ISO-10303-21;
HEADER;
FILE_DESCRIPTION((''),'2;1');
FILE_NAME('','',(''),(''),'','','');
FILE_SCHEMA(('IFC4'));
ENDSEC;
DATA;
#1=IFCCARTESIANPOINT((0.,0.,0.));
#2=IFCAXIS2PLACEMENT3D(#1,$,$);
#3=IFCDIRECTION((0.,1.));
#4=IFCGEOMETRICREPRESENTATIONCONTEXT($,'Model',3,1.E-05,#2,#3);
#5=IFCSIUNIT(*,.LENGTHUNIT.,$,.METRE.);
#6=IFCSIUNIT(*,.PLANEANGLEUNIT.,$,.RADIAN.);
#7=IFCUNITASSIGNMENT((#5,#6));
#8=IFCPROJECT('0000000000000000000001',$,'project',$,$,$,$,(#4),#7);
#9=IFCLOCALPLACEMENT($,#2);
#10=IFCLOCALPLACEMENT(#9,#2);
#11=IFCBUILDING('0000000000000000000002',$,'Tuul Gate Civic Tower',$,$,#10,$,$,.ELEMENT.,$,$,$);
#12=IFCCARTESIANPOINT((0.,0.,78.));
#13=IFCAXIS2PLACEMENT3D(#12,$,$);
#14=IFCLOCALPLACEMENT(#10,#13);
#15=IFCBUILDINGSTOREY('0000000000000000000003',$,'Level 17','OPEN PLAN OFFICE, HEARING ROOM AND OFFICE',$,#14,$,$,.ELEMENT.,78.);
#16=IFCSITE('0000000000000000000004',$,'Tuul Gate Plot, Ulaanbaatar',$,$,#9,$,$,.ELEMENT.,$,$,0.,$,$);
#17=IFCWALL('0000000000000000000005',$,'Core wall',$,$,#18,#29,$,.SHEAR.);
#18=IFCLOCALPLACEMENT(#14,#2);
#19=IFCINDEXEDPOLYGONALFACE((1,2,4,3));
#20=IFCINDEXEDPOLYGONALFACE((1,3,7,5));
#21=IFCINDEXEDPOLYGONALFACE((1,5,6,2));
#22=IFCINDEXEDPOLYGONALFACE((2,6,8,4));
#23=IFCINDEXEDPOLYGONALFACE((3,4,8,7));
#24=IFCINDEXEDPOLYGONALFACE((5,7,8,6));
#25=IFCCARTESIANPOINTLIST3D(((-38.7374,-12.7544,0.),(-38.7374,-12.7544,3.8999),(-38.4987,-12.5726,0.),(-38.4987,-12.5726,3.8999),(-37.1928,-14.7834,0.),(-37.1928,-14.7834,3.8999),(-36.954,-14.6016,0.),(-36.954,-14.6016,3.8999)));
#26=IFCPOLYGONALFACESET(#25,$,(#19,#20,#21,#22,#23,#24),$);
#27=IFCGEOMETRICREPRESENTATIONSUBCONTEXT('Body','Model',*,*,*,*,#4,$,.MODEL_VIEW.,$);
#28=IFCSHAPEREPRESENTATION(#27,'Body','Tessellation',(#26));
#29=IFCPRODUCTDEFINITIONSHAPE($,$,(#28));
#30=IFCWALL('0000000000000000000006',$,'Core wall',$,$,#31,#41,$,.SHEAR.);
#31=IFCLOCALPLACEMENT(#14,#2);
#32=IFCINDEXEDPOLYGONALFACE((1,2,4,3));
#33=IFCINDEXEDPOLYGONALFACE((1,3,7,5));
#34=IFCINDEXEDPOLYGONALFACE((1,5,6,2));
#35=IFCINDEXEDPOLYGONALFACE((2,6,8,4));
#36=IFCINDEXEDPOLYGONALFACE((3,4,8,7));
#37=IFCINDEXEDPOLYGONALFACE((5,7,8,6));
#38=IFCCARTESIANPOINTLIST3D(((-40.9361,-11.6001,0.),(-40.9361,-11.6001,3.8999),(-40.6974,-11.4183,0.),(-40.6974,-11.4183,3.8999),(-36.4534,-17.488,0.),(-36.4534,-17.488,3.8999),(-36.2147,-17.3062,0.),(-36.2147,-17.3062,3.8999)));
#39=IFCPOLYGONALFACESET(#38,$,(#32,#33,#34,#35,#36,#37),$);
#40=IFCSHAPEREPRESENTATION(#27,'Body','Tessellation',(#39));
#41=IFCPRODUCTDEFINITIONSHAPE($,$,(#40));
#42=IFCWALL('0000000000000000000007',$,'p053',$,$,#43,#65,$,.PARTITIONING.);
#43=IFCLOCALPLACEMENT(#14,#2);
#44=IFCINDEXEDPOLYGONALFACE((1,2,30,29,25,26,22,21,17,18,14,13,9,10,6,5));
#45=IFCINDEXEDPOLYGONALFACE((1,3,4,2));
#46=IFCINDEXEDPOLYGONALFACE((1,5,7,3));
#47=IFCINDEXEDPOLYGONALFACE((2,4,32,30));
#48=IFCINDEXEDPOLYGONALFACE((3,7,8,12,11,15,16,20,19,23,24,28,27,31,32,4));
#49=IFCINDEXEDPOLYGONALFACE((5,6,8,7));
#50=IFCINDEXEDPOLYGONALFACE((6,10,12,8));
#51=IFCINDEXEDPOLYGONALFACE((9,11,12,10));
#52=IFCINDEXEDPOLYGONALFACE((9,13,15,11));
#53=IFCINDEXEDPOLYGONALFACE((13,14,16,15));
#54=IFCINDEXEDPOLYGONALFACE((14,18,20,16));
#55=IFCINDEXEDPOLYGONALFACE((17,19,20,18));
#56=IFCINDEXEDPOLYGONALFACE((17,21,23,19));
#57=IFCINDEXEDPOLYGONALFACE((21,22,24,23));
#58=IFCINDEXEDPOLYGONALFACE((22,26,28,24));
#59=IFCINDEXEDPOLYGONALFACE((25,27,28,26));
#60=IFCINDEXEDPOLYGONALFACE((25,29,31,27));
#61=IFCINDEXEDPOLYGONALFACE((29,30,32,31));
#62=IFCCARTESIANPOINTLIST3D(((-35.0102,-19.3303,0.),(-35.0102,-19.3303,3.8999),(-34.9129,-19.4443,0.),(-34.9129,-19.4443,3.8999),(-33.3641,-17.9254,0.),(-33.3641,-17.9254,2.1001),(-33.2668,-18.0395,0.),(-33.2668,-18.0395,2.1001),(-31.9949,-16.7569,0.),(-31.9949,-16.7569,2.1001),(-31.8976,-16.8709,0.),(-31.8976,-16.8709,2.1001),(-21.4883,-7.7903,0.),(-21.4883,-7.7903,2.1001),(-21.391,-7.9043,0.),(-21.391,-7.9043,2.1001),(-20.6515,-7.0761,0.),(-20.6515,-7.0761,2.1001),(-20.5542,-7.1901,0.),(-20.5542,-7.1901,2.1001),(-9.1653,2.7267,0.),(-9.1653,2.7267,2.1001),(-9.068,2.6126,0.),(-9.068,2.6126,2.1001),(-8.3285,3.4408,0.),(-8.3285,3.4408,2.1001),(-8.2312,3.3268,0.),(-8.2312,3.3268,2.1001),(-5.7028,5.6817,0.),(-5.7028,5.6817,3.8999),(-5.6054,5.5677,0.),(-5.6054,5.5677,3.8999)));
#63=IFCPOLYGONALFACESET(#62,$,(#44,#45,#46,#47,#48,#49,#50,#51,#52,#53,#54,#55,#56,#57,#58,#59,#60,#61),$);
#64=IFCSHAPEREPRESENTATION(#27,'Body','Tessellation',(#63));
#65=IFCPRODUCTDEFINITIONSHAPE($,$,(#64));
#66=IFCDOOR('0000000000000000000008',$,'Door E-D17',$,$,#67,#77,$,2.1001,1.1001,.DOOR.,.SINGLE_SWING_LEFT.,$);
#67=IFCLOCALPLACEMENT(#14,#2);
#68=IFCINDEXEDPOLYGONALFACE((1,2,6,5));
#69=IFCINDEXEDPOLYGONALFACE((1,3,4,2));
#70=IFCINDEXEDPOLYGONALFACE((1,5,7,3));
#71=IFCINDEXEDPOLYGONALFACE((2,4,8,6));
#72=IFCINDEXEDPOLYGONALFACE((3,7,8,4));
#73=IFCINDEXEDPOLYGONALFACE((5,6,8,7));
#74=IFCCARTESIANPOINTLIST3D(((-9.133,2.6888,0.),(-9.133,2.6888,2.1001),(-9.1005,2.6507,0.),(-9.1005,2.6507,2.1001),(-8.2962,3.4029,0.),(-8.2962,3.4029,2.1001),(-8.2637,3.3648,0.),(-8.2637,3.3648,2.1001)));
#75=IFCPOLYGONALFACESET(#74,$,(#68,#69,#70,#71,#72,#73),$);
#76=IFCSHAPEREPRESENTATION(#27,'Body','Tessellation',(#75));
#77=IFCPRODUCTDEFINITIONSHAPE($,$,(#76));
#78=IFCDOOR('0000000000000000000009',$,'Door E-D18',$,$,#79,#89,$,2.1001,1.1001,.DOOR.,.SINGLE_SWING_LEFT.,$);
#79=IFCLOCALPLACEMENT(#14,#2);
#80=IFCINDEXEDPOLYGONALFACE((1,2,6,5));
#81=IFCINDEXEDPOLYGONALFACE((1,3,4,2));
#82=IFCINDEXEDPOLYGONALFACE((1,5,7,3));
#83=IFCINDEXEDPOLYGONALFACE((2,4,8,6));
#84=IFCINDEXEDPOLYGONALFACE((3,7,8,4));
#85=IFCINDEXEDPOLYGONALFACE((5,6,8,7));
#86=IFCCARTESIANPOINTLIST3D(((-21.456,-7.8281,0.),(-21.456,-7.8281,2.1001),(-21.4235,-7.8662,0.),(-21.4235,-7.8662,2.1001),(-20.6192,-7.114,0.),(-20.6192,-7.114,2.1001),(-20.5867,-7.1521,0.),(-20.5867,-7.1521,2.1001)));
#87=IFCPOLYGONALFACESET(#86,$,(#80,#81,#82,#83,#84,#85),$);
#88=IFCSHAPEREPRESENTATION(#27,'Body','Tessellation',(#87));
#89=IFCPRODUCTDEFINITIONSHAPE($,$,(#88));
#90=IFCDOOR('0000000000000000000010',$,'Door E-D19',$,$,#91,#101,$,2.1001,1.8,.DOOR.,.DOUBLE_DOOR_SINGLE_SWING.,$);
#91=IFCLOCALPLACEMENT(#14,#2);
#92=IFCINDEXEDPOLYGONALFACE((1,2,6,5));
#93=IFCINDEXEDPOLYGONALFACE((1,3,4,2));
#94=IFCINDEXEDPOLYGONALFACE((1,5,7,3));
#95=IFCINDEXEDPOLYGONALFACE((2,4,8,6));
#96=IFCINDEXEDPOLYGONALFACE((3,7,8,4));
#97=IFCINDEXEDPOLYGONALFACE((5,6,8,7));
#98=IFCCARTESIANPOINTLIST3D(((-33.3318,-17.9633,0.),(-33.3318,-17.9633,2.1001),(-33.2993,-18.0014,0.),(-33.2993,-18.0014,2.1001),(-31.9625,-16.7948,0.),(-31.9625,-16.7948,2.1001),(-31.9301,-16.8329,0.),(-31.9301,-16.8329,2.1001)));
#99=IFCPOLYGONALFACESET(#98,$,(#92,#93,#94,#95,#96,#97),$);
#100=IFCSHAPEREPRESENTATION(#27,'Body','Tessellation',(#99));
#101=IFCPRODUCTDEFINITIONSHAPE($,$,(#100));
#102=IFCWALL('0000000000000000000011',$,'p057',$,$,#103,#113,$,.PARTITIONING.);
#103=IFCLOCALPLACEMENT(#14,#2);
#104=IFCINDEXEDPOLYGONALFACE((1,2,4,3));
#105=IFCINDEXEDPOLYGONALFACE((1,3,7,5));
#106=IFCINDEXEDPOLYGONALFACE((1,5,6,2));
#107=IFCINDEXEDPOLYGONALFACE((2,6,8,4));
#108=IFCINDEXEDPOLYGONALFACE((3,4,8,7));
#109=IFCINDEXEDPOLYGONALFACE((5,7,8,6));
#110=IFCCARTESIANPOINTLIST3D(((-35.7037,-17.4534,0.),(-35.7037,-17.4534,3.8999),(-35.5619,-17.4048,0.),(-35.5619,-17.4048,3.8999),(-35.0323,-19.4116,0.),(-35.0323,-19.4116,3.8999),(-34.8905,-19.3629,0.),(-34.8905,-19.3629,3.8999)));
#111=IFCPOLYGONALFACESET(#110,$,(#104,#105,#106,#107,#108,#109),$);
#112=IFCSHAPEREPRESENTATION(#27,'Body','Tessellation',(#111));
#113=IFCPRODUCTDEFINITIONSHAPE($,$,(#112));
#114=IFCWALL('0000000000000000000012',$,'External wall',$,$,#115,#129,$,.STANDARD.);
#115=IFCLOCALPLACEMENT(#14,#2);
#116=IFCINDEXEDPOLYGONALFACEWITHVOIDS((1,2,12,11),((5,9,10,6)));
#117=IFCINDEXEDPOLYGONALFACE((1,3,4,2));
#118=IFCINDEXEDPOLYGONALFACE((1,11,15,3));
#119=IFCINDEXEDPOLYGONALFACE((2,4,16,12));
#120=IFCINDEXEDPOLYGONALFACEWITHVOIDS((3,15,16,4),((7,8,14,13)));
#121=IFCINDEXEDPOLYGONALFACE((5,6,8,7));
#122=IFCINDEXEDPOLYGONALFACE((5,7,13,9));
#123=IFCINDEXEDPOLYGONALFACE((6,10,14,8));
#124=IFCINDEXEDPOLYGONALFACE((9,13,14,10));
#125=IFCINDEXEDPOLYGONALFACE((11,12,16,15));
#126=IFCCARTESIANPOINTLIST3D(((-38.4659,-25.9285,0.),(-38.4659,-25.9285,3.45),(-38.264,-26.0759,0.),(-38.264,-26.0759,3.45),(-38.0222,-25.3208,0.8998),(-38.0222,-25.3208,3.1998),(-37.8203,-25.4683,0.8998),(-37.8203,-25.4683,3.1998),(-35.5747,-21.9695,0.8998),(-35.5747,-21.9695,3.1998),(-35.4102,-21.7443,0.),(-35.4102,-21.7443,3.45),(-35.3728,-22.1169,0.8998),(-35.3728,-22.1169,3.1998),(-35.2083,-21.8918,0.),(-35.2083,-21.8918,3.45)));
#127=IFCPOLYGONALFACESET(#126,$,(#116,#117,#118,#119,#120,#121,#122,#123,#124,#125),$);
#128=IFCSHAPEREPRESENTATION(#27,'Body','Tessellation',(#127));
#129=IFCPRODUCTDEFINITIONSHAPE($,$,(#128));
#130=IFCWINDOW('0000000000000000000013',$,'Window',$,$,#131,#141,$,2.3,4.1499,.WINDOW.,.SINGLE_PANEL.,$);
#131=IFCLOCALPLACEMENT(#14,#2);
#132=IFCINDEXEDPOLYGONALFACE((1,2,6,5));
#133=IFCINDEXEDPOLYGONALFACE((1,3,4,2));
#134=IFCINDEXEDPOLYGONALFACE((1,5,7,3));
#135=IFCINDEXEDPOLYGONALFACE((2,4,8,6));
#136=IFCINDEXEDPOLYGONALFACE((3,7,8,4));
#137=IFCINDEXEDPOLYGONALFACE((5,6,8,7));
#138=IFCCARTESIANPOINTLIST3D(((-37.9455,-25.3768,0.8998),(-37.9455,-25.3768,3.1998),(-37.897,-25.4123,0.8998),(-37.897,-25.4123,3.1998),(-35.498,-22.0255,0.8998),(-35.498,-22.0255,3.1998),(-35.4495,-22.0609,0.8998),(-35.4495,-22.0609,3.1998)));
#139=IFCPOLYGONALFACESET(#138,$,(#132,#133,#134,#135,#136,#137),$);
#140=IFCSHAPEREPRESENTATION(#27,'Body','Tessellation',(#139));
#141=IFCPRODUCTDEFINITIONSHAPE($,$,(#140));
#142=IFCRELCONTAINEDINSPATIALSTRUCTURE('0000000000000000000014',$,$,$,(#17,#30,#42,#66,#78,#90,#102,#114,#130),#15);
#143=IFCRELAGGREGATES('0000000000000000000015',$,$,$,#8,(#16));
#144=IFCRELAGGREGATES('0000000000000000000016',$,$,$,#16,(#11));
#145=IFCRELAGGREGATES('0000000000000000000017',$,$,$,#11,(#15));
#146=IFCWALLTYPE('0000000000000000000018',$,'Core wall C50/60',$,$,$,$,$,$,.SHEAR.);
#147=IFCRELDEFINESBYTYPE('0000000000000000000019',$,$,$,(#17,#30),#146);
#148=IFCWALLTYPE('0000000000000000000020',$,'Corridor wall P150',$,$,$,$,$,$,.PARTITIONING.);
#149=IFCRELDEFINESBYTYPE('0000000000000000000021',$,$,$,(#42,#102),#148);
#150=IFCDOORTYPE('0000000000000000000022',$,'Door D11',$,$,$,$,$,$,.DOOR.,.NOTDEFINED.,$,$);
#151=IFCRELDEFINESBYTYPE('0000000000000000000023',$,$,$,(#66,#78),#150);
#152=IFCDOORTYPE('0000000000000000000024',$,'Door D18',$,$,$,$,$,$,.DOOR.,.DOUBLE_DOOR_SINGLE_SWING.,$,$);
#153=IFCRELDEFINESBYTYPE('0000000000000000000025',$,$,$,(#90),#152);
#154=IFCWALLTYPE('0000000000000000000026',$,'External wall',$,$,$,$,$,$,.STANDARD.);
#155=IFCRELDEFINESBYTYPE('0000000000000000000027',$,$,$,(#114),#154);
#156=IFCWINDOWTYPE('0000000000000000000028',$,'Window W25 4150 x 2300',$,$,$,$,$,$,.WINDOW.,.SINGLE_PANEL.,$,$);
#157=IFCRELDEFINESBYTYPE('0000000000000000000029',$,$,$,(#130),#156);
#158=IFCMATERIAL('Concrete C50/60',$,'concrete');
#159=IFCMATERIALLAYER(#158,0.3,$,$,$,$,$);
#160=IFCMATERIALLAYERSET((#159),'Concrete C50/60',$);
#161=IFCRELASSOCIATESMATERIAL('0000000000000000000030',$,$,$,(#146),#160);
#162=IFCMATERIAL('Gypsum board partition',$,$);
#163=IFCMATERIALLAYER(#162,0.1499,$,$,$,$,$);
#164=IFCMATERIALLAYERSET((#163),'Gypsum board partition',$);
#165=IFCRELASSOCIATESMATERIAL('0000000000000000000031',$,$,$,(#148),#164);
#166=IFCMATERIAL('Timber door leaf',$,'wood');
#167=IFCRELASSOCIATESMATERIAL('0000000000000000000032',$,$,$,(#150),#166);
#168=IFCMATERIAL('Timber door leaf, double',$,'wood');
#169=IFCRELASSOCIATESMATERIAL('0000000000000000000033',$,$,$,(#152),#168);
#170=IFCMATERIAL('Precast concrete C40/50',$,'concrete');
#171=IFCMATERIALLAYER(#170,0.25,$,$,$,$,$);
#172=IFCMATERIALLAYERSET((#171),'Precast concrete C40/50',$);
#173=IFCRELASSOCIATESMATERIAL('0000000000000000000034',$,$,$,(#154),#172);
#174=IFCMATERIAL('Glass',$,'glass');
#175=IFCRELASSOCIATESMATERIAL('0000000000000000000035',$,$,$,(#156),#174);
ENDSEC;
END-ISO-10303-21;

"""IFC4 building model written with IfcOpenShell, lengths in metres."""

from ifc_helpers import new_model, si_unit, direction, frame, frame_2d, origin, place, context, subcontext, project, spatial, rectangle, extrude, material, layer, layer_set, type_object, element, fill, save


model = new_model("IFC4")

# Units and contexts
model_context = context("Model", 3, precision=1e-05, world=origin(), true_north=direction((0.0, 1.0)))
body_context = subcontext(model_context, "Body", "Model", "MODEL_VIEW")
ifc_project = project(units=[si_unit("LENGTHUNIT", "METRE"), si_unit("PLANEANGLEUNIT", "RADIAN")], contexts=[model_context])

# Site, building, storey
site_placement = place(None, origin())
site = spatial("IfcSite", under=ifc_project, at=site_placement, Name="Tuul Gate Plot, Ulaanbaatar", CompositionType="ELEMENT", RefElevation=0.0)
building_placement = place(site_placement, origin())
building = spatial("IfcBuilding", under=site, at=building_placement, Name="Tuul Gate Civic Tower", CompositionType="ELEMENT")
storey_placement = place(building_placement, frame((0.0, 0.0, 78.0)))
storey = spatial("IfcBuildingStorey", under=building, at=storey_placement, Name="Level 17", Description="OPEN PLAN OFFICE, HEARING ROOM AND OFFICE", CompositionType="ELEMENT", Elevation=78.0)

# Shared definitions
ifc_material_1 = material(Name="Concrete C50/60", Category="concrete")
ifc_layer_1 = layer(ifc_material_1, 0.3)
ifc_layer_set_1 = layer_set([ifc_layer_1], Name="Concrete C50/60")
wall_type_1 = type_object("IfcWallType", Name="Core wall C50/60", PredefinedType="SHEAR", material=ifc_layer_set_1)

# Walls
wall_1_placement = place(storey_placement, frame((-37.0735, -14.6924, 0.0), z_axis=(0.0, 0.0, 1.0), x_axis=(-0.605729, 0.795671, 0.0)))
element("IfcWall", 1, at=wall_1_placement, inside=storey, type_object=wall_type_1, Name="Core wall", PredefinedType="SHEAR", context=body_context, shape_type="SweptSolid", body=[
    extrude(rectangle(XDim=2.55, YDim=0.3, at=frame_2d((1.2749, 0.0))), origin(), (0.0, 0.0, 1.0), 3.8999),
])
wall_2_placement = place(storey_placement, frame((-36.334, -17.3972, 0.0), z_axis=(0.0, 0.0, 1.0), x_axis=(-0.605754, 0.795652, 0.0)))
element("IfcWall", 2, at=wall_2_placement, inside=storey, type_object=wall_type_1, Name="Core wall", PredefinedType="SHEAR", context=body_context, shape_type="SweptSolid", body=[
    extrude(rectangle(XDim=7.4001, YDim=0.3, at=frame_2d((3.7002, 0.0))), origin(), (0.0, 0.0, 1.0), 3.8999),
])

# Wall, openings, doors
ifc_material_2 = material(Name="Gypsum board partition")
ifc_layer_2 = layer(ifc_material_2, 0.1499)
ifc_layer_set_2 = layer_set([ifc_layer_2], Name="Gypsum board partition")
wall_type_2 = type_object("IfcWallType", Name="Corridor wall P150", PredefinedType="PARTITIONING", material=ifc_layer_set_2)
wall_3_placement = place(storey_placement, frame((-34.9614, -19.3872, 0.0), z_axis=(0.0, 0.0, 1.0), x_axis=(0.760648, 0.649164, 0.0)))
wall_3 = element("IfcWall", 3, at=wall_3_placement, inside=storey, type_object=wall_type_2, Name="p053", PredefinedType="PARTITIONING", context=body_context, shape_type="SweptSolid", body=[
    extrude(rectangle(XDim=38.5295, YDim=0.1499, at=frame_2d((19.2646, 0.0))), origin(), (0.0, 0.0, 1.0), 3.8999),
])
opening_1_placement = place(wall_3_placement, frame((33.9773, 0.0, 0.0)))
opening_1 = element("IfcOpeningElement", 4, at=opening_1_placement, cuts=wall_3, PredefinedType="OPENING", context=body_context, shape_type="SweptSolid", body=[
    extrude(rectangle(XDim=1.1001, YDim=2.1001, at=frame_2d((0.55, 1.05))), frame((0.0, 0.085, 0.0), z_axis=(0.0, -1.0, 0.0), x_axis=(1.0, 0.0, 0.0)), (0.0, 0.0, 1.0), 0.1699),
])
opening_2_placement = place(wall_3_placement, frame((17.7766, 0.0, 0.0)))
opening_2 = element("IfcOpeningElement", 5, at=opening_2_placement, cuts=wall_3, PredefinedType="OPENING", context=body_context, shape_type="SweptSolid", body=[
    extrude(rectangle(XDim=1.1001, YDim=2.1001, at=frame_2d((0.55, 1.05))), frame((0.0, 0.085, 0.0), z_axis=(0.0, -1.0, 0.0), x_axis=(1.0, 0.0, 0.0)), (0.0, 0.0, 1.0), 0.1699),
])
opening_3_placement = place(wall_3_placement, frame((2.1641, 0.0, 0.0)))
opening_3 = element("IfcOpeningElement", 6, at=opening_3_placement, cuts=wall_3, PredefinedType="OPENING", context=body_context, shape_type="SweptSolid", body=[
    extrude(rectangle(XDim=1.8, YDim=2.1001, at=frame_2d((0.8999, 1.05))), frame((0.0, 0.085, 0.0), z_axis=(0.0, -1.0, 0.0), x_axis=(1.0, 0.0, 0.0)), (0.0, 0.0, 1.0), 0.1699),
])
ifc_material_3 = material(Name="Timber door leaf", Category="wood")
door_type_1 = type_object("IfcDoorType", Name="Door D11", OperationType="NOTDEFINED", PredefinedType="DOOR", material=ifc_material_3)
door_1_placement = place(opening_1_placement, frame((1.1001, 0.0, 0.0), z_axis=(0.0, 0.0, 1.0), x_axis=(-1.0, 0.0, 0.0)))
door_1 = element("IfcDoor", 7, at=door_1_placement, inside=storey, type_object=door_type_1, Name="Door E-D17", OperationType="SINGLE_SWING_LEFT", OverallHeight=2.1001, OverallWidth=1.1001, PredefinedType="DOOR", context=body_context, shape_type="SweptSolid", body=[
    extrude(rectangle(XDim=1.1001, YDim=2.1001, at=frame_2d((0.55, 1.05))), frame((0.0, 0.0249, 0.0), z_axis=(0.0, -1.0, 0.0), x_axis=(1.0, 0.0, 0.0)), (0.0, 0.0, 1.0), 0.05),
])
fill(opening_1, door_1)
door_2_placement = place(opening_2_placement, frame((1.1001, 0.0, 0.0), z_axis=(0.0, 0.0, 1.0), x_axis=(-1.0, 0.0, 0.0)))
door_2 = element("IfcDoor", 8, at=door_2_placement, inside=storey, type_object=door_type_1, Name="Door E-D18", OperationType="SINGLE_SWING_LEFT", OverallHeight=2.1001, OverallWidth=1.1001, PredefinedType="DOOR", context=body_context, shape_type="SweptSolid", body=[
    extrude(rectangle(XDim=1.1001, YDim=2.1001, at=frame_2d((0.55, 1.05))), frame((0.0, 0.0249, 0.0), z_axis=(0.0, -1.0, 0.0), x_axis=(1.0, 0.0, 0.0)), (0.0, 0.0, 1.0), 0.05),
])
fill(opening_2, door_2)
ifc_material_4 = material(Name="Timber door leaf, double", Category="wood")
door_type_2 = type_object("IfcDoorType", Name="Door D18", OperationType="DOUBLE_DOOR_SINGLE_SWING", PredefinedType="DOOR", material=ifc_material_4)
door_3_placement = place(opening_3_placement, frame((1.8, 0.0, 0.0), z_axis=(0.0, 0.0, 1.0), x_axis=(-1.0, 0.0, 0.0)))
door_3 = element("IfcDoor", 9, at=door_3_placement, inside=storey, type_object=door_type_2, Name="Door E-D19", OperationType="DOUBLE_DOOR_SINGLE_SWING", OverallHeight=2.1001, OverallWidth=1.8, PredefinedType="DOOR", context=body_context, shape_type="SweptSolid", body=[
    extrude(rectangle(XDim=1.8, YDim=2.1001, at=frame_2d((0.9001, 1.05))), frame((0.0, 0.0249, 0.0), z_axis=(0.0, -1.0, 0.0), x_axis=(1.0, 0.0, 0.0)), (0.0, 0.0, 1.0), 0.05),
])
fill(opening_3, door_3)

# Wall
wall_4_placement = place(storey_placement, frame((-35.6328, -17.429, 0.0), z_axis=(0.0, 0.0, 1.0), x_axis=(0.324318, -0.945948, 0.0)))
element("IfcWall", 10, at=wall_4_placement, inside=storey, type_object=wall_type_2, Name="p057", PredefinedType="PARTITIONING", context=body_context, shape_type="SweptSolid", body=[
    extrude(rectangle(XDim=2.0701, YDim=0.1499, at=frame_2d((1.0352, 0.0))), origin(), (0.0, 0.0, 1.0), 3.8999),
])

# Wall, opening, window
ifc_material_5 = material(Name="Precast concrete C40/50", Category="concrete")
ifc_layer_3 = layer(ifc_material_5, 0.25)
ifc_layer_set_3 = layer_set([ifc_layer_3], Name="Precast concrete C40/50")
wall_type_3 = type_object("IfcWallType", Name="External wall", PredefinedType="STANDARD", material=ifc_layer_set_3)
wall_5_placement = place(storey_placement, frame((-38.365, -26.0022, 0.0), z_axis=(0.0, 0.0, 1.0), x_axis=(0.589773, 0.807569, 0.0)))
wall_5 = element("IfcWall", 11, at=wall_5_placement, inside=storey, type_object=wall_type_3, Name="External wall", PredefinedType="STANDARD", context=body_context, shape_type="SweptSolid", body=[
    extrude(rectangle(XDim=5.1812, YDim=0.25, at=frame_2d((2.5906, 0.0))), origin(), (0.0, 0.0, 1.0), 3.45),
])
opening_4_placement = place(wall_5_placement, frame((0.7524, 0.0, 0.8999)))
opening_4 = element("IfcOpeningElement", 12, at=opening_4_placement, cuts=wall_5, PredefinedType="OPENING", context=body_context, shape_type="SweptSolid", body=[
    extrude(rectangle(XDim=4.1499, YDim=2.3, at=frame_2d((2.075, 1.1499))), frame((0.0, 0.135, 0.0), z_axis=(0.0, -1.0, 0.0), x_axis=(1.0, 0.0, 0.0)), (0.0, 0.0, 1.0), 0.27),
])
ifc_material_6 = material(Name="Glass", Category="glass")
window_type_1 = type_object("IfcWindowType", Name="Window W25 4150 x 2300", PartitioningType="SINGLE_PANEL", PredefinedType="WINDOW", material=ifc_material_6)
window_1_placement = place(opening_4_placement, origin())
window_1 = element("IfcWindow", 13, at=window_1_placement, inside=storey, type_object=window_type_1, Name="Window", OverallHeight=2.3, OverallWidth=4.1499, PartitioningType="SINGLE_PANEL", PredefinedType="WINDOW", context=body_context, shape_type="SweptSolid", body=[
    extrude(rectangle(XDim=4.1499, YDim=2.3, at=frame_2d((2.075, 1.1499))), frame((0.0, 0.03, 0.0), z_axis=(0.0, -1.0, 0.0), x_axis=(1.0, 0.0, 0.0)), (0.0, 0.0, 1.0), 0.0601),
])
fill(opening_4, window_1)

save(model, "model.ifc")
